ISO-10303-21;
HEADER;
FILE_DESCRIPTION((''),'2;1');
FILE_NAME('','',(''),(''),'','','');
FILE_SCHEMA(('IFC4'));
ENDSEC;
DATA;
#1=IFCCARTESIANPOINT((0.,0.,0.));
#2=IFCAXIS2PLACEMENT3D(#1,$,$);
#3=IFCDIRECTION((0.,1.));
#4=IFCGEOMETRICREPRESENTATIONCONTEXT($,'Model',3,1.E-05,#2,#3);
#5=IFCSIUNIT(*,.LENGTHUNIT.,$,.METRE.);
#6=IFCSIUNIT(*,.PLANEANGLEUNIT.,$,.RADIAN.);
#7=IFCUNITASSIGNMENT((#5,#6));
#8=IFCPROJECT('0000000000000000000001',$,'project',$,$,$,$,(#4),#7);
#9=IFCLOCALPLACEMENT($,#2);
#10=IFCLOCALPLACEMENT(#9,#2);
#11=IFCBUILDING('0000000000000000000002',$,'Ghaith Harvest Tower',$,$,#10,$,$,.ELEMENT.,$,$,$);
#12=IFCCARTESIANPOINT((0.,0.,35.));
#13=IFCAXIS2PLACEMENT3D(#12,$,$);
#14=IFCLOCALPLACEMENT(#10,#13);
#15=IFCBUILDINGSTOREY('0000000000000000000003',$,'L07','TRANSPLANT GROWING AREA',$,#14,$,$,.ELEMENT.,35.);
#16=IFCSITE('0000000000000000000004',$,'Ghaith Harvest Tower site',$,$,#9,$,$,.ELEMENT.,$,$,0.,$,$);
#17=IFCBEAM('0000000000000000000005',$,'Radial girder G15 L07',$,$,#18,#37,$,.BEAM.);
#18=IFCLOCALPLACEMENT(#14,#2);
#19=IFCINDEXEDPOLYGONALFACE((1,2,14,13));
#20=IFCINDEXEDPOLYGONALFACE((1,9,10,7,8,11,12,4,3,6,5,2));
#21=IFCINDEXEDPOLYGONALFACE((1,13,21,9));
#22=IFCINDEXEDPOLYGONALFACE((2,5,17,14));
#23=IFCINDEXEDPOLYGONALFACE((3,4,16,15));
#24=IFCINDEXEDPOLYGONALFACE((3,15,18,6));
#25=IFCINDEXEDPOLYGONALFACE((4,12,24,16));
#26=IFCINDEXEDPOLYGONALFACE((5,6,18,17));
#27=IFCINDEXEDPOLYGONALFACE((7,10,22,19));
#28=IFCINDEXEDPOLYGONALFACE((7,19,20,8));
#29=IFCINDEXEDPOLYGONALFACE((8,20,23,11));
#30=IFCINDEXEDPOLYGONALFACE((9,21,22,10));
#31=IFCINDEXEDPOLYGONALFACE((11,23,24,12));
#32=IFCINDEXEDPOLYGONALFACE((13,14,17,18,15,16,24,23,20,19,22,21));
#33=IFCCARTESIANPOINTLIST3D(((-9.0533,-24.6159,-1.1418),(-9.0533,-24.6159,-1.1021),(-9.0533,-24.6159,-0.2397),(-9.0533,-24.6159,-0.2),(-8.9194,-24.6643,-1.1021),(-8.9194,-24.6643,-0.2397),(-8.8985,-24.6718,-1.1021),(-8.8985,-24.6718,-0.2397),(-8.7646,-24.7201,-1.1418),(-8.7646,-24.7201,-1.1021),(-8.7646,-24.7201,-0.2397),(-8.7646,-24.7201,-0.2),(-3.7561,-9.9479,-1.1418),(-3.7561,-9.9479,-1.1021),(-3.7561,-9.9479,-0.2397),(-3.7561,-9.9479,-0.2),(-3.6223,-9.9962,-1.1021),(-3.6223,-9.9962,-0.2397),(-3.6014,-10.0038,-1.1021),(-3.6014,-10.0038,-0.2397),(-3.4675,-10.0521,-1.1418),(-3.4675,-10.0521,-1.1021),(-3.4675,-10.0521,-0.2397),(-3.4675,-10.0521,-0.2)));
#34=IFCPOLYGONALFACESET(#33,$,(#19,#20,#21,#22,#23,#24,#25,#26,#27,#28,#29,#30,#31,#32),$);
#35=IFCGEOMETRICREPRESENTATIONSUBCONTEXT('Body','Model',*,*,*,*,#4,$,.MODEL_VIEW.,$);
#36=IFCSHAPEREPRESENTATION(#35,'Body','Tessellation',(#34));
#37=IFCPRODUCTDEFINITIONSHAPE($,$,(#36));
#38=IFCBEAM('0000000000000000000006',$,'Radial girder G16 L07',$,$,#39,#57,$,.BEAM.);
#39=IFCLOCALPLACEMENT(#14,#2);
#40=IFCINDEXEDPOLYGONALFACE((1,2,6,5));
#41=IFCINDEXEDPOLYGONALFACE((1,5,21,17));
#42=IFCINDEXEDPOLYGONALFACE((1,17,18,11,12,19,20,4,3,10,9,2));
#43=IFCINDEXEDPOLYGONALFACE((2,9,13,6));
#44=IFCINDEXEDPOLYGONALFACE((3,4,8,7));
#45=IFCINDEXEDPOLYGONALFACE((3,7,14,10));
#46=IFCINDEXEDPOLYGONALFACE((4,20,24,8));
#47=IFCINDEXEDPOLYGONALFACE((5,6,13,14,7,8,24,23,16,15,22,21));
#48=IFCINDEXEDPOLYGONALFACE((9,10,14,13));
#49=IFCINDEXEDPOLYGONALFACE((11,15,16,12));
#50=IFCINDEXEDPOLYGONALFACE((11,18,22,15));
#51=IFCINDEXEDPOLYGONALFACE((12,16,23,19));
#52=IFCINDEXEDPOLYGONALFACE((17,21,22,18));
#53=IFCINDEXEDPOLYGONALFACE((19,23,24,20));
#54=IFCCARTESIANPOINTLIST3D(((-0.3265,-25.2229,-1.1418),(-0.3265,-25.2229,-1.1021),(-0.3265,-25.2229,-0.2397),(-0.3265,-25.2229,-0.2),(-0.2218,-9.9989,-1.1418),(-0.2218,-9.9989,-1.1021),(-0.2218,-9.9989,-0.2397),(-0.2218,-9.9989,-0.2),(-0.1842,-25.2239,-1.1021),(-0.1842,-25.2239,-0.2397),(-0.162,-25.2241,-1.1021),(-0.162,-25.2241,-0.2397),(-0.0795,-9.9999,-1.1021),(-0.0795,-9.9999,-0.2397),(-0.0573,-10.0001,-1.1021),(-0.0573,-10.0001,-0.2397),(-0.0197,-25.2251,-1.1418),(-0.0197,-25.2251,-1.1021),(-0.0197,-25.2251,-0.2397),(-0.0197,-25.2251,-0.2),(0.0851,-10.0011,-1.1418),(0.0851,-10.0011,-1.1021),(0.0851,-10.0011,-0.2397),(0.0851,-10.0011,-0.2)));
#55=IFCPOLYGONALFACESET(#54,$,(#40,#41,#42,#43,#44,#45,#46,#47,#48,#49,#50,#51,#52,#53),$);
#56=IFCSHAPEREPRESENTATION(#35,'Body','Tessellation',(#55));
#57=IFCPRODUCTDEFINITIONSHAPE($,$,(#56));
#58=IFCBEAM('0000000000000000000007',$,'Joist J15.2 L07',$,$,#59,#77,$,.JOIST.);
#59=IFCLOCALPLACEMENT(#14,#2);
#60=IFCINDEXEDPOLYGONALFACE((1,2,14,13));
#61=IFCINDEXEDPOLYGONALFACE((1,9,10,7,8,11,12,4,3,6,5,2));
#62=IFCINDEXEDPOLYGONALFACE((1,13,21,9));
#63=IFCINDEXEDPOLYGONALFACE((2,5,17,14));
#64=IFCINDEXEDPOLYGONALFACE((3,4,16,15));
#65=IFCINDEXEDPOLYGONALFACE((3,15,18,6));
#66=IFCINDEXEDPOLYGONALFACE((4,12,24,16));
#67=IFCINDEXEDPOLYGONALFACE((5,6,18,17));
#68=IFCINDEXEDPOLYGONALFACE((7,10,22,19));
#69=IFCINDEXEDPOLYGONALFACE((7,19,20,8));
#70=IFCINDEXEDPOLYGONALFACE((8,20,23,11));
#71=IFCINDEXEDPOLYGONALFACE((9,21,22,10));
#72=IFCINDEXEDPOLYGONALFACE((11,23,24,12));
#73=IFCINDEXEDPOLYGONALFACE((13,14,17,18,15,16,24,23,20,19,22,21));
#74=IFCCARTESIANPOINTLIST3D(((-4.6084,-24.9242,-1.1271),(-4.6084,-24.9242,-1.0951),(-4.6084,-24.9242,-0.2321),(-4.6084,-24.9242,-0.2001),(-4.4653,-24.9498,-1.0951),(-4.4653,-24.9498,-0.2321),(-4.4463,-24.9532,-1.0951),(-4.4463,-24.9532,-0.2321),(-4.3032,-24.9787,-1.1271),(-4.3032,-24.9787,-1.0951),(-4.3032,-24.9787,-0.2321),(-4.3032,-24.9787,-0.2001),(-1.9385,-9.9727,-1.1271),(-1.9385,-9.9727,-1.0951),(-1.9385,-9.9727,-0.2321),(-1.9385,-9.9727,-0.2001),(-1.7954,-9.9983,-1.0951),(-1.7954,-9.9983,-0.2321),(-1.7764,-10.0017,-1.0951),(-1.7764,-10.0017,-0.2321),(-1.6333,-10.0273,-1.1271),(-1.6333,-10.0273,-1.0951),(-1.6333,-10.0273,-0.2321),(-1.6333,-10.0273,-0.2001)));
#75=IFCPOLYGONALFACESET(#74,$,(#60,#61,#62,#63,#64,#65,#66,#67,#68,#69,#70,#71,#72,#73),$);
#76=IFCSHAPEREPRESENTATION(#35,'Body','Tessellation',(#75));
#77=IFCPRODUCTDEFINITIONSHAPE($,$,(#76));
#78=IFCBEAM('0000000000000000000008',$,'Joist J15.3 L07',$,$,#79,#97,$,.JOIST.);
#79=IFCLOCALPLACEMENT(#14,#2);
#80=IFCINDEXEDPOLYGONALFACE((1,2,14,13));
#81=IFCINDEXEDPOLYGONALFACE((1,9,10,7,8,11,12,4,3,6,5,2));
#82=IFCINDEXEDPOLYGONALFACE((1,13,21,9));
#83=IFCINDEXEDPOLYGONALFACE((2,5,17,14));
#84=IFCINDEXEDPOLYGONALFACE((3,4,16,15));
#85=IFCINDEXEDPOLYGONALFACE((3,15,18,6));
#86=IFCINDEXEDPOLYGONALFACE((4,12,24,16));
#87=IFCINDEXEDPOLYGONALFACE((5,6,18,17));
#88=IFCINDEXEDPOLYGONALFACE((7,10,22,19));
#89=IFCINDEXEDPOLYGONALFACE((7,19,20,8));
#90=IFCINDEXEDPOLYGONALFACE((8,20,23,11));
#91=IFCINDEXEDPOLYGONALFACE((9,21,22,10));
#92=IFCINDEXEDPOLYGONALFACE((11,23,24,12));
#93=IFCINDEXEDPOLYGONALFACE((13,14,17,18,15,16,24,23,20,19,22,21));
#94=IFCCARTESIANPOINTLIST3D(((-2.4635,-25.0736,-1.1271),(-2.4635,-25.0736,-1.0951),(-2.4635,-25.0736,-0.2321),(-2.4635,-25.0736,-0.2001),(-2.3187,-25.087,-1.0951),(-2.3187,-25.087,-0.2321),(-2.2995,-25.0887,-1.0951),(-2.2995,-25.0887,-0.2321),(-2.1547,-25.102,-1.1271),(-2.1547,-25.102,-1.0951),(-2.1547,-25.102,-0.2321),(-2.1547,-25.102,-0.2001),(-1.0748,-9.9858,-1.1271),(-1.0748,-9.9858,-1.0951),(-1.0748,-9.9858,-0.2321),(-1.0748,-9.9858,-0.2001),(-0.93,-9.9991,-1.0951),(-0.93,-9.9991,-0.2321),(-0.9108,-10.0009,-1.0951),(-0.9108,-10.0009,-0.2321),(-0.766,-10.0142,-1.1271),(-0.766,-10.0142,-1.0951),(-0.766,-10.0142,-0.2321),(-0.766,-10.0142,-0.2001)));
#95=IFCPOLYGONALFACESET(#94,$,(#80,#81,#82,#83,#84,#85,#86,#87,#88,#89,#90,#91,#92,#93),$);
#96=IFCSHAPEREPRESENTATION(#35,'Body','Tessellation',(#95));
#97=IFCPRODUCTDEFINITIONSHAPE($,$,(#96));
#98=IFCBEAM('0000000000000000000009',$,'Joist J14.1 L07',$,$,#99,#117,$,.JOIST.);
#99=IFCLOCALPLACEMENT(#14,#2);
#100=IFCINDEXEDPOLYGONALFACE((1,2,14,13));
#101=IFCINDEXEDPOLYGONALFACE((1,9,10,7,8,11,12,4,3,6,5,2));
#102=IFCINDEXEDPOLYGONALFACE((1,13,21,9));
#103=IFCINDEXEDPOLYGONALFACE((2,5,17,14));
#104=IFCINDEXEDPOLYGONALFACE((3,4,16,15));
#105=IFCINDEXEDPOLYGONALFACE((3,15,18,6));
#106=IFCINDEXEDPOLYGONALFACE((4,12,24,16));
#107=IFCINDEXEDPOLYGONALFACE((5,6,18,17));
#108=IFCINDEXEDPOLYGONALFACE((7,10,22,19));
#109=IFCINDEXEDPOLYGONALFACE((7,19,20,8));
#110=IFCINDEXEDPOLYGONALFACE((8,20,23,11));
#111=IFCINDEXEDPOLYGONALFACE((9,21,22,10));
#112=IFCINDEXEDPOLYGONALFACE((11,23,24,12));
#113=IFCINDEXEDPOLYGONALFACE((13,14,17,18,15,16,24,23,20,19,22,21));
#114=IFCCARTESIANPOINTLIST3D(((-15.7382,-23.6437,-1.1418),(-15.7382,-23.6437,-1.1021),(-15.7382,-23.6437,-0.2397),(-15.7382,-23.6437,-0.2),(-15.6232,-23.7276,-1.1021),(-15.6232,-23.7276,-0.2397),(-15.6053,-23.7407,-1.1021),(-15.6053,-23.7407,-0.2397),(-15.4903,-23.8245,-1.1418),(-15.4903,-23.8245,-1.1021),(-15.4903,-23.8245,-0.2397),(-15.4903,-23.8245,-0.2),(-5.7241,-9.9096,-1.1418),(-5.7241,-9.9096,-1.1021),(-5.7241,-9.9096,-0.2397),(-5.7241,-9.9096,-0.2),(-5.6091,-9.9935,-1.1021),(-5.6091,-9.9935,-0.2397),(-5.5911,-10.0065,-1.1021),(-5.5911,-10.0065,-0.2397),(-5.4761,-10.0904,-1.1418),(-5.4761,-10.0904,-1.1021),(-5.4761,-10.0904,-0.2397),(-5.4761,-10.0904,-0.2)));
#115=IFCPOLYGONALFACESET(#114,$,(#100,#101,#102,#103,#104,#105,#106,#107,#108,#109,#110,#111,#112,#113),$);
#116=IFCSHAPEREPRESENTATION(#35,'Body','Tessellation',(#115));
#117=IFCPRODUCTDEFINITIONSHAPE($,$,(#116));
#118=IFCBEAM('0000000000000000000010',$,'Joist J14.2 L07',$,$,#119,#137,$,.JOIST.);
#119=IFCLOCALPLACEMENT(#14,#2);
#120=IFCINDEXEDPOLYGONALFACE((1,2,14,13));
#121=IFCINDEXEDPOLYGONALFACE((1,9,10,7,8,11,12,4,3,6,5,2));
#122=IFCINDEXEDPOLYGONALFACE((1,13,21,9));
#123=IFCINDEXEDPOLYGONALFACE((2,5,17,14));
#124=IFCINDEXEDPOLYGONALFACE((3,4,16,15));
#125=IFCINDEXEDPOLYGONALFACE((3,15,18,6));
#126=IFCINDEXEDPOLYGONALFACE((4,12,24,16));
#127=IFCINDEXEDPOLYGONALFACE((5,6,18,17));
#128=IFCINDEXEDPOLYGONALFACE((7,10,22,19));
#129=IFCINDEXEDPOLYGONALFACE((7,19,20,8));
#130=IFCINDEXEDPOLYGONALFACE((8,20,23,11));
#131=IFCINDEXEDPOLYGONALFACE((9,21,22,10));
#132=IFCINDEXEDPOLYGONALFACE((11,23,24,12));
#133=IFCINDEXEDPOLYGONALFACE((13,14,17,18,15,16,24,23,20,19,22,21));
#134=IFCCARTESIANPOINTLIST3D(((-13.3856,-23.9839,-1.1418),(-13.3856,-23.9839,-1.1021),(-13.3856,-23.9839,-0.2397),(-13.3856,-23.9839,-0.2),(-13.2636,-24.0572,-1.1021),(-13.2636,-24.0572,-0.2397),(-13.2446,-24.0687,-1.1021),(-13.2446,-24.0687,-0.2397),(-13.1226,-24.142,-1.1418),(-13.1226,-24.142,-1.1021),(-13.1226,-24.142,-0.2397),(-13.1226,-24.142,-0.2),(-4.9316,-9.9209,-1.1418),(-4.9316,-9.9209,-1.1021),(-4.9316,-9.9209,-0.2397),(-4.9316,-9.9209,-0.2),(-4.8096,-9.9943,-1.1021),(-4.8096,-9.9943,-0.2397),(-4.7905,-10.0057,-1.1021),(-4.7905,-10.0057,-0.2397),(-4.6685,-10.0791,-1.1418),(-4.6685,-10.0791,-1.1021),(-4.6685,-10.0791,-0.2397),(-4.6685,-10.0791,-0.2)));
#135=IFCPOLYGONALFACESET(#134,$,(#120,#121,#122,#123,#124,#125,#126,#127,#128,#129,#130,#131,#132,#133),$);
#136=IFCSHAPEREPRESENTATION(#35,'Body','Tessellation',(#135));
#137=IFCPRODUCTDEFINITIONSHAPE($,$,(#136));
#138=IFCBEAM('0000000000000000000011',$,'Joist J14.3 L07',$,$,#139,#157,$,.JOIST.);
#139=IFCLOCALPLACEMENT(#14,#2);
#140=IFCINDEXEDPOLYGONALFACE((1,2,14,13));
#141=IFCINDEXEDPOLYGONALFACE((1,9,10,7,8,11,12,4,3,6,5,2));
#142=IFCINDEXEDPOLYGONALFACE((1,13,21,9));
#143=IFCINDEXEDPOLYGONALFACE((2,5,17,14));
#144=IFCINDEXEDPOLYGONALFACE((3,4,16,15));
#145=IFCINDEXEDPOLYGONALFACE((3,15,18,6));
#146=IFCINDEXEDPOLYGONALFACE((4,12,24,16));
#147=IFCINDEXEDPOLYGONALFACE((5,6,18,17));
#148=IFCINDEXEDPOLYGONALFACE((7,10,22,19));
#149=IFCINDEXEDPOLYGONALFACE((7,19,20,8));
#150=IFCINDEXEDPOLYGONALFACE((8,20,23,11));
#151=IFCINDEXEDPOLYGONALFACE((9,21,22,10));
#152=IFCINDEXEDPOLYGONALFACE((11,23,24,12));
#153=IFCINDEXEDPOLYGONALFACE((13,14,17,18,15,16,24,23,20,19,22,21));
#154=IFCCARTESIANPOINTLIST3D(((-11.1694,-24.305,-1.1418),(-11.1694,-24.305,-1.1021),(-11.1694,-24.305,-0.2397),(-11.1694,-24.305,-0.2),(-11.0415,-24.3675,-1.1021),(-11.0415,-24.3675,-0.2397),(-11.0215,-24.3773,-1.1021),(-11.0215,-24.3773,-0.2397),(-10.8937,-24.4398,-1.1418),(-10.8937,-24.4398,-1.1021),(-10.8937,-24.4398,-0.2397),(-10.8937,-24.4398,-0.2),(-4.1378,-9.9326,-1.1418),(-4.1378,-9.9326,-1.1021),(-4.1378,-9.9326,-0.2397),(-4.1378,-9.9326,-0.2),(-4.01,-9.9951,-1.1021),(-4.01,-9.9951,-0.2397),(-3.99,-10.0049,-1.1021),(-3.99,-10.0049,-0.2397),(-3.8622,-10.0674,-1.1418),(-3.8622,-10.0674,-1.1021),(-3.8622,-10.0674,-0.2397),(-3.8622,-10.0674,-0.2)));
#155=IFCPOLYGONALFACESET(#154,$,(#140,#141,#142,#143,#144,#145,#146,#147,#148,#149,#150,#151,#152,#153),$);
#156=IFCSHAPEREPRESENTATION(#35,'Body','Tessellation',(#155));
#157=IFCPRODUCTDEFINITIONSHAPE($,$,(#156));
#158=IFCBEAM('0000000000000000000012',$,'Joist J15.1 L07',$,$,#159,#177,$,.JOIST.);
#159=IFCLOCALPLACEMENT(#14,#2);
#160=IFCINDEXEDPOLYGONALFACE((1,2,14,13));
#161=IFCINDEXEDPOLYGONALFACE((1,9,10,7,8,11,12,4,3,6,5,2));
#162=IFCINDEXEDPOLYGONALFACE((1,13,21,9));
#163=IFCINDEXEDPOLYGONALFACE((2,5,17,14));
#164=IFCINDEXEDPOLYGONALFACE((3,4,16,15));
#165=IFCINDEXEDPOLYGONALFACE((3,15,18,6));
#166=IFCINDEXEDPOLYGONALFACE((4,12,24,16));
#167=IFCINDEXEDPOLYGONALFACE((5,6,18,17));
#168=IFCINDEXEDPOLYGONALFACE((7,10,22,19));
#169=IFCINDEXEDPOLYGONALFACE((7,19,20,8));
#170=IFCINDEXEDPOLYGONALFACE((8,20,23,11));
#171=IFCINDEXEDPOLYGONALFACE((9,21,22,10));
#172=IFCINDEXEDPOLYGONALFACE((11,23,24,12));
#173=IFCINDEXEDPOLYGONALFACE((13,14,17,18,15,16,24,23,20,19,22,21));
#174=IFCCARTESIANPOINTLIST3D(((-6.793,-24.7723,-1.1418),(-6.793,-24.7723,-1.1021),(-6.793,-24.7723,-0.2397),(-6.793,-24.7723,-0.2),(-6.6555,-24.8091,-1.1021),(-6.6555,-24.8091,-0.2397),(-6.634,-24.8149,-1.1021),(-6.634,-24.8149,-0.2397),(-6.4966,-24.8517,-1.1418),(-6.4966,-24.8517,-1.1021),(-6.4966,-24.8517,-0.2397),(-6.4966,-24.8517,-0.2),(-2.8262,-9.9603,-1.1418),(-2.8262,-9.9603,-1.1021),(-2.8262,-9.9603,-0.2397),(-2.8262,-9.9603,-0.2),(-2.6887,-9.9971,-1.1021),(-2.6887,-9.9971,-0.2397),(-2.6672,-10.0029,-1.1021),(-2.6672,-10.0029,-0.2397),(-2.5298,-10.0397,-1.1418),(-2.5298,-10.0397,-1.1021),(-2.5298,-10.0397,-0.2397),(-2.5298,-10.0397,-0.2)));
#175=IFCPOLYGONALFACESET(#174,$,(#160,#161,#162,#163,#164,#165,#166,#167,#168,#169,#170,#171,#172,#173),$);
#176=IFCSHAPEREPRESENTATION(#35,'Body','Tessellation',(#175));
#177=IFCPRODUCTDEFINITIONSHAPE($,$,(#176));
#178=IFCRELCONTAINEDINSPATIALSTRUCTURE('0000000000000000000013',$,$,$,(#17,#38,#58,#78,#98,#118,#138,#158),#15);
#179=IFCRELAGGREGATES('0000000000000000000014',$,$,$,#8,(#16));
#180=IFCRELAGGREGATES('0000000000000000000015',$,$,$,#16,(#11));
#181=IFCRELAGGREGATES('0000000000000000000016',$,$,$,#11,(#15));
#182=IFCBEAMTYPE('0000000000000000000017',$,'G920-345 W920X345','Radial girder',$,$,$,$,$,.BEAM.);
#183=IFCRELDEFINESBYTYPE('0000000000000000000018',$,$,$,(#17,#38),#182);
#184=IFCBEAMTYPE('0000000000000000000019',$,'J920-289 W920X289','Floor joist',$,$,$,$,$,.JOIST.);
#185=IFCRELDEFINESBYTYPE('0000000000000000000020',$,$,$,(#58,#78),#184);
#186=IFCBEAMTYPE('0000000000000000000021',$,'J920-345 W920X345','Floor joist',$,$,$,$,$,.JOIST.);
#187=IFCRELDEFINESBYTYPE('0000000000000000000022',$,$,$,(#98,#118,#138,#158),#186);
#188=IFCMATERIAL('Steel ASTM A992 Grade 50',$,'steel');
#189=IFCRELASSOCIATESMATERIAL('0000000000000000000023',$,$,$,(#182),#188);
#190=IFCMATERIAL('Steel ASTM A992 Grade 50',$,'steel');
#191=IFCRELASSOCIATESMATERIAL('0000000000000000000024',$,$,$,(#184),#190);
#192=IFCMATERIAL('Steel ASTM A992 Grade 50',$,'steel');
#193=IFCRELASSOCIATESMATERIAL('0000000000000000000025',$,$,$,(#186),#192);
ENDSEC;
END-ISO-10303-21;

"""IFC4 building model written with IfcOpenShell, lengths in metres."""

from ifc_helpers import new_model, si_unit, direction, frame, origin, origin_2d, place, context, subcontext, project, spatial, i_section, extrude, material, material_profile, profile_set, type_object, element, save


model = new_model("IFC4")

# Units and contexts
model_context = context("Model", 3, precision=1e-05, world=origin(), true_north=direction((0.0, 1.0)))
body_context = subcontext(model_context, "Body", "Model", "MODEL_VIEW")
ifc_project = project(units=[si_unit("LENGTHUNIT", "METRE"), si_unit("PLANEANGLEUNIT", "RADIAN")], contexts=[model_context])

# Site, building, storey
site_placement = place(None, origin())
site = spatial("IfcSite", under=ifc_project, at=site_placement, Name="Ghaith Harvest Tower site", CompositionType="ELEMENT", RefElevation=0.0)
building_placement = place(site_placement, origin())
building = spatial("IfcBuilding", under=site, at=building_placement, Name="Ghaith Harvest Tower", CompositionType="ELEMENT")
storey_placement = place(building_placement, frame((0.0, 0.0, 35.0)))
storey = spatial("IfcBuildingStorey", under=building, at=storey_placement, Name="L07", Description="TRANSPLANT GROWING AREA", CompositionType="ELEMENT", Elevation=35.0)

# Beams
ifc_material_1 = material(Name="Steel ASTM A992 Grade 50", Category="steel")
ifc_material_profile_1 = material_profile(ifc_material_1, i_section(OverallWidth=0.3069, OverallDepth=0.9419, WebThickness=0.0222, FlangeThickness=0.0398, at=origin_2d()), Name="W920X345")
ifc_profile_set_1 = profile_set([ifc_material_profile_1], Name="Steel ASTM A992 Grade 50")
beam_type_1 = type_object("IfcBeamType", Name="G920-345 W920X345", Description="Radial girder", PredefinedType="BEAM", material=ifc_profile_set_1)
beam_1_placement = place(storey_placement, frame((-3.6118, -10.0, -0.6709), z_axis=(-0.339664, -0.940547, 0.0), x_axis=(0.940547, -0.339664, 0.0)))
element("IfcBeam", 1, at=beam_1_placement, inside=storey, type_object=beam_type_1, Name="Radial girder G15 L07", PredefinedType="BEAM", context=body_context, shape_type="SweptSolid", body=[
    extrude(i_section(OverallWidth=0.3069, OverallDepth=0.9419, WebThickness=0.0222, FlangeThickness=0.0398, at=origin_2d()), origin(), (0.0, 0.0, 1.0), 15.5952),
])
beam_2_placement = place(storey_placement, frame((-0.0684, -10.0, -0.6709), z_axis=(-0.006879, -0.999976, 0.0), x_axis=(0.999976, -0.006879, 0.0)))
element("IfcBeam", 2, at=beam_2_placement, inside=storey, type_object=beam_type_1, Name="Radial girder G16 L07", PredefinedType="BEAM", context=body_context, shape_type="SweptSolid", body=[
    extrude(i_section(OverallWidth=0.3069, OverallDepth=0.9419, WebThickness=0.0222, FlangeThickness=0.0398, at=origin_2d()), origin(), (0.0, 0.0, 1.0), 15.2244),
])
ifc_material_2 = material(Name="Steel ASTM A992 Grade 50", Category="steel")
ifc_material_profile_2 = material_profile(ifc_material_2, i_section(OverallWidth=0.3101, OverallDepth=0.927, WebThickness=0.0193, FlangeThickness=0.032, at=origin_2d()), Name="W920X289")
ifc_profile_set_2 = profile_set([ifc_material_profile_2], Name="Steel ASTM A992 Grade 50")
beam_type_2 = type_object("IfcBeamType", Name="J920-289 W920X289", Description="Floor joist", PredefinedType="JOIST", material=ifc_profile_set_2)
beam_3_placement = place(storey_placement, frame((-1.7859, -10.0, -0.6636), z_axis=(-0.175792, -0.984427, 0.0), x_axis=(0.984427, -0.175792, 0.0)))
element("IfcBeam", 3, at=beam_3_placement, inside=storey, type_object=beam_type_2, Name="Joist J15.2 L07", PredefinedType="JOIST", context=body_context, shape_type="SweptSolid", body=[
    extrude(i_section(OverallWidth=0.3101, OverallDepth=0.927, WebThickness=0.0193, FlangeThickness=0.032, at=origin_2d()), origin(), (0.0, 0.0, 1.0), 15.188),
])
beam_4_placement = place(storey_placement, frame((-0.9204, -10.0, -0.6636), z_axis=(-0.091651, -0.995791, 0.0), x_axis=(0.995791, -0.091651, 0.0)))
element("IfcBeam", 4, at=beam_4_placement, inside=storey, type_object=beam_type_2, Name="Joist J15.3 L07", PredefinedType="JOIST", context=body_context, shape_type="SweptSolid", body=[
    extrude(i_section(OverallWidth=0.3101, OverallDepth=0.927, WebThickness=0.0193, FlangeThickness=0.032, at=origin_2d()), origin(), (0.0, 0.0, 1.0), 15.1516),
])
ifc_material_3 = material(Name="Steel ASTM A992 Grade 50", Category="steel")
ifc_material_profile_3 = material_profile(ifc_material_3, i_section(OverallWidth=0.3069, OverallDepth=0.9419, WebThickness=0.0222, FlangeThickness=0.0398, at=origin_2d()), Name="W920X345")
ifc_profile_set_3 = profile_set([ifc_material_profile_3], Name="Steel ASTM A992 Grade 50")
beam_type_3 = type_object("IfcBeamType", Name="J920-345 W920X345", Description="Floor joist", PredefinedType="JOIST", material=ifc_profile_set_3)
beam_5_placement = place(storey_placement, frame((-5.6001, -10.0, -0.6709), z_axis=(-0.58916, -0.808016, 0.0), x_axis=(0.808016, -0.58916, 0.0)))
element("IfcBeam", 5, at=beam_5_placement, inside=storey, type_object=beam_type_3, Name="Joist J14.1 L07", PredefinedType="JOIST", context=body_context, shape_type="SweptSolid", body=[
    extrude(i_section(OverallWidth=0.3069, OverallDepth=0.9419, WebThickness=0.0222, FlangeThickness=0.0398, at=origin_2d()), origin(), (0.0, 0.0, 1.0), 16.9973),
])
beam_6_placement = place(storey_placement, frame((-4.8, -10.0, -0.6709), z_axis=(-0.515226, -0.857054, 0.0), x_axis=(0.857054, -0.515226, 0.0)))
element("IfcBeam", 6, at=beam_6_placement, inside=storey, type_object=beam_type_3, Name="Joist J14.2 L07", PredefinedType="JOIST", context=body_context, shape_type="SweptSolid", body=[
    extrude(i_section(OverallWidth=0.3069, OverallDepth=0.9419, WebThickness=0.0222, FlangeThickness=0.0398, at=origin_2d()), origin(), (0.0, 0.0, 1.0), 16.4084),
])
beam_7_placement = place(storey_placement, frame((-4.0, -10.0, -0.6709), z_axis=(-0.439464, -0.89826, 0.0), x_axis=(0.89826, -0.439464, 0.0)))
element("IfcBeam", 7, at=beam_7_placement, inside=storey, type_object=beam_type_3, Name="Joist J14.3 L07", PredefinedType="JOIST", context=body_context, shape_type="SweptSolid", body=[
    extrude(i_section(OverallWidth=0.3069, OverallDepth=0.9419, WebThickness=0.0222, FlangeThickness=0.0398, at=origin_2d()), origin(), (0.0, 0.0, 1.0), 16.0002),
])
beam_8_placement = place(storey_placement, frame((-2.678, -10.0, -0.6709), z_axis=(-0.258693, -0.96596, 0.0), x_axis=(0.96596, -0.258693, 0.0)))
element("IfcBeam", 8, at=beam_8_placement, inside=storey, type_object=beam_type_3, Name="Joist J15.1 L07", PredefinedType="JOIST", context=body_context, shape_type="SweptSolid", body=[
    extrude(i_section(OverallWidth=0.3069, OverallDepth=0.9419, WebThickness=0.0222, FlangeThickness=0.0398, at=origin_2d()), origin(), (0.0, 0.0, 1.0), 15.334),
])

save(model, "model.ifc")
